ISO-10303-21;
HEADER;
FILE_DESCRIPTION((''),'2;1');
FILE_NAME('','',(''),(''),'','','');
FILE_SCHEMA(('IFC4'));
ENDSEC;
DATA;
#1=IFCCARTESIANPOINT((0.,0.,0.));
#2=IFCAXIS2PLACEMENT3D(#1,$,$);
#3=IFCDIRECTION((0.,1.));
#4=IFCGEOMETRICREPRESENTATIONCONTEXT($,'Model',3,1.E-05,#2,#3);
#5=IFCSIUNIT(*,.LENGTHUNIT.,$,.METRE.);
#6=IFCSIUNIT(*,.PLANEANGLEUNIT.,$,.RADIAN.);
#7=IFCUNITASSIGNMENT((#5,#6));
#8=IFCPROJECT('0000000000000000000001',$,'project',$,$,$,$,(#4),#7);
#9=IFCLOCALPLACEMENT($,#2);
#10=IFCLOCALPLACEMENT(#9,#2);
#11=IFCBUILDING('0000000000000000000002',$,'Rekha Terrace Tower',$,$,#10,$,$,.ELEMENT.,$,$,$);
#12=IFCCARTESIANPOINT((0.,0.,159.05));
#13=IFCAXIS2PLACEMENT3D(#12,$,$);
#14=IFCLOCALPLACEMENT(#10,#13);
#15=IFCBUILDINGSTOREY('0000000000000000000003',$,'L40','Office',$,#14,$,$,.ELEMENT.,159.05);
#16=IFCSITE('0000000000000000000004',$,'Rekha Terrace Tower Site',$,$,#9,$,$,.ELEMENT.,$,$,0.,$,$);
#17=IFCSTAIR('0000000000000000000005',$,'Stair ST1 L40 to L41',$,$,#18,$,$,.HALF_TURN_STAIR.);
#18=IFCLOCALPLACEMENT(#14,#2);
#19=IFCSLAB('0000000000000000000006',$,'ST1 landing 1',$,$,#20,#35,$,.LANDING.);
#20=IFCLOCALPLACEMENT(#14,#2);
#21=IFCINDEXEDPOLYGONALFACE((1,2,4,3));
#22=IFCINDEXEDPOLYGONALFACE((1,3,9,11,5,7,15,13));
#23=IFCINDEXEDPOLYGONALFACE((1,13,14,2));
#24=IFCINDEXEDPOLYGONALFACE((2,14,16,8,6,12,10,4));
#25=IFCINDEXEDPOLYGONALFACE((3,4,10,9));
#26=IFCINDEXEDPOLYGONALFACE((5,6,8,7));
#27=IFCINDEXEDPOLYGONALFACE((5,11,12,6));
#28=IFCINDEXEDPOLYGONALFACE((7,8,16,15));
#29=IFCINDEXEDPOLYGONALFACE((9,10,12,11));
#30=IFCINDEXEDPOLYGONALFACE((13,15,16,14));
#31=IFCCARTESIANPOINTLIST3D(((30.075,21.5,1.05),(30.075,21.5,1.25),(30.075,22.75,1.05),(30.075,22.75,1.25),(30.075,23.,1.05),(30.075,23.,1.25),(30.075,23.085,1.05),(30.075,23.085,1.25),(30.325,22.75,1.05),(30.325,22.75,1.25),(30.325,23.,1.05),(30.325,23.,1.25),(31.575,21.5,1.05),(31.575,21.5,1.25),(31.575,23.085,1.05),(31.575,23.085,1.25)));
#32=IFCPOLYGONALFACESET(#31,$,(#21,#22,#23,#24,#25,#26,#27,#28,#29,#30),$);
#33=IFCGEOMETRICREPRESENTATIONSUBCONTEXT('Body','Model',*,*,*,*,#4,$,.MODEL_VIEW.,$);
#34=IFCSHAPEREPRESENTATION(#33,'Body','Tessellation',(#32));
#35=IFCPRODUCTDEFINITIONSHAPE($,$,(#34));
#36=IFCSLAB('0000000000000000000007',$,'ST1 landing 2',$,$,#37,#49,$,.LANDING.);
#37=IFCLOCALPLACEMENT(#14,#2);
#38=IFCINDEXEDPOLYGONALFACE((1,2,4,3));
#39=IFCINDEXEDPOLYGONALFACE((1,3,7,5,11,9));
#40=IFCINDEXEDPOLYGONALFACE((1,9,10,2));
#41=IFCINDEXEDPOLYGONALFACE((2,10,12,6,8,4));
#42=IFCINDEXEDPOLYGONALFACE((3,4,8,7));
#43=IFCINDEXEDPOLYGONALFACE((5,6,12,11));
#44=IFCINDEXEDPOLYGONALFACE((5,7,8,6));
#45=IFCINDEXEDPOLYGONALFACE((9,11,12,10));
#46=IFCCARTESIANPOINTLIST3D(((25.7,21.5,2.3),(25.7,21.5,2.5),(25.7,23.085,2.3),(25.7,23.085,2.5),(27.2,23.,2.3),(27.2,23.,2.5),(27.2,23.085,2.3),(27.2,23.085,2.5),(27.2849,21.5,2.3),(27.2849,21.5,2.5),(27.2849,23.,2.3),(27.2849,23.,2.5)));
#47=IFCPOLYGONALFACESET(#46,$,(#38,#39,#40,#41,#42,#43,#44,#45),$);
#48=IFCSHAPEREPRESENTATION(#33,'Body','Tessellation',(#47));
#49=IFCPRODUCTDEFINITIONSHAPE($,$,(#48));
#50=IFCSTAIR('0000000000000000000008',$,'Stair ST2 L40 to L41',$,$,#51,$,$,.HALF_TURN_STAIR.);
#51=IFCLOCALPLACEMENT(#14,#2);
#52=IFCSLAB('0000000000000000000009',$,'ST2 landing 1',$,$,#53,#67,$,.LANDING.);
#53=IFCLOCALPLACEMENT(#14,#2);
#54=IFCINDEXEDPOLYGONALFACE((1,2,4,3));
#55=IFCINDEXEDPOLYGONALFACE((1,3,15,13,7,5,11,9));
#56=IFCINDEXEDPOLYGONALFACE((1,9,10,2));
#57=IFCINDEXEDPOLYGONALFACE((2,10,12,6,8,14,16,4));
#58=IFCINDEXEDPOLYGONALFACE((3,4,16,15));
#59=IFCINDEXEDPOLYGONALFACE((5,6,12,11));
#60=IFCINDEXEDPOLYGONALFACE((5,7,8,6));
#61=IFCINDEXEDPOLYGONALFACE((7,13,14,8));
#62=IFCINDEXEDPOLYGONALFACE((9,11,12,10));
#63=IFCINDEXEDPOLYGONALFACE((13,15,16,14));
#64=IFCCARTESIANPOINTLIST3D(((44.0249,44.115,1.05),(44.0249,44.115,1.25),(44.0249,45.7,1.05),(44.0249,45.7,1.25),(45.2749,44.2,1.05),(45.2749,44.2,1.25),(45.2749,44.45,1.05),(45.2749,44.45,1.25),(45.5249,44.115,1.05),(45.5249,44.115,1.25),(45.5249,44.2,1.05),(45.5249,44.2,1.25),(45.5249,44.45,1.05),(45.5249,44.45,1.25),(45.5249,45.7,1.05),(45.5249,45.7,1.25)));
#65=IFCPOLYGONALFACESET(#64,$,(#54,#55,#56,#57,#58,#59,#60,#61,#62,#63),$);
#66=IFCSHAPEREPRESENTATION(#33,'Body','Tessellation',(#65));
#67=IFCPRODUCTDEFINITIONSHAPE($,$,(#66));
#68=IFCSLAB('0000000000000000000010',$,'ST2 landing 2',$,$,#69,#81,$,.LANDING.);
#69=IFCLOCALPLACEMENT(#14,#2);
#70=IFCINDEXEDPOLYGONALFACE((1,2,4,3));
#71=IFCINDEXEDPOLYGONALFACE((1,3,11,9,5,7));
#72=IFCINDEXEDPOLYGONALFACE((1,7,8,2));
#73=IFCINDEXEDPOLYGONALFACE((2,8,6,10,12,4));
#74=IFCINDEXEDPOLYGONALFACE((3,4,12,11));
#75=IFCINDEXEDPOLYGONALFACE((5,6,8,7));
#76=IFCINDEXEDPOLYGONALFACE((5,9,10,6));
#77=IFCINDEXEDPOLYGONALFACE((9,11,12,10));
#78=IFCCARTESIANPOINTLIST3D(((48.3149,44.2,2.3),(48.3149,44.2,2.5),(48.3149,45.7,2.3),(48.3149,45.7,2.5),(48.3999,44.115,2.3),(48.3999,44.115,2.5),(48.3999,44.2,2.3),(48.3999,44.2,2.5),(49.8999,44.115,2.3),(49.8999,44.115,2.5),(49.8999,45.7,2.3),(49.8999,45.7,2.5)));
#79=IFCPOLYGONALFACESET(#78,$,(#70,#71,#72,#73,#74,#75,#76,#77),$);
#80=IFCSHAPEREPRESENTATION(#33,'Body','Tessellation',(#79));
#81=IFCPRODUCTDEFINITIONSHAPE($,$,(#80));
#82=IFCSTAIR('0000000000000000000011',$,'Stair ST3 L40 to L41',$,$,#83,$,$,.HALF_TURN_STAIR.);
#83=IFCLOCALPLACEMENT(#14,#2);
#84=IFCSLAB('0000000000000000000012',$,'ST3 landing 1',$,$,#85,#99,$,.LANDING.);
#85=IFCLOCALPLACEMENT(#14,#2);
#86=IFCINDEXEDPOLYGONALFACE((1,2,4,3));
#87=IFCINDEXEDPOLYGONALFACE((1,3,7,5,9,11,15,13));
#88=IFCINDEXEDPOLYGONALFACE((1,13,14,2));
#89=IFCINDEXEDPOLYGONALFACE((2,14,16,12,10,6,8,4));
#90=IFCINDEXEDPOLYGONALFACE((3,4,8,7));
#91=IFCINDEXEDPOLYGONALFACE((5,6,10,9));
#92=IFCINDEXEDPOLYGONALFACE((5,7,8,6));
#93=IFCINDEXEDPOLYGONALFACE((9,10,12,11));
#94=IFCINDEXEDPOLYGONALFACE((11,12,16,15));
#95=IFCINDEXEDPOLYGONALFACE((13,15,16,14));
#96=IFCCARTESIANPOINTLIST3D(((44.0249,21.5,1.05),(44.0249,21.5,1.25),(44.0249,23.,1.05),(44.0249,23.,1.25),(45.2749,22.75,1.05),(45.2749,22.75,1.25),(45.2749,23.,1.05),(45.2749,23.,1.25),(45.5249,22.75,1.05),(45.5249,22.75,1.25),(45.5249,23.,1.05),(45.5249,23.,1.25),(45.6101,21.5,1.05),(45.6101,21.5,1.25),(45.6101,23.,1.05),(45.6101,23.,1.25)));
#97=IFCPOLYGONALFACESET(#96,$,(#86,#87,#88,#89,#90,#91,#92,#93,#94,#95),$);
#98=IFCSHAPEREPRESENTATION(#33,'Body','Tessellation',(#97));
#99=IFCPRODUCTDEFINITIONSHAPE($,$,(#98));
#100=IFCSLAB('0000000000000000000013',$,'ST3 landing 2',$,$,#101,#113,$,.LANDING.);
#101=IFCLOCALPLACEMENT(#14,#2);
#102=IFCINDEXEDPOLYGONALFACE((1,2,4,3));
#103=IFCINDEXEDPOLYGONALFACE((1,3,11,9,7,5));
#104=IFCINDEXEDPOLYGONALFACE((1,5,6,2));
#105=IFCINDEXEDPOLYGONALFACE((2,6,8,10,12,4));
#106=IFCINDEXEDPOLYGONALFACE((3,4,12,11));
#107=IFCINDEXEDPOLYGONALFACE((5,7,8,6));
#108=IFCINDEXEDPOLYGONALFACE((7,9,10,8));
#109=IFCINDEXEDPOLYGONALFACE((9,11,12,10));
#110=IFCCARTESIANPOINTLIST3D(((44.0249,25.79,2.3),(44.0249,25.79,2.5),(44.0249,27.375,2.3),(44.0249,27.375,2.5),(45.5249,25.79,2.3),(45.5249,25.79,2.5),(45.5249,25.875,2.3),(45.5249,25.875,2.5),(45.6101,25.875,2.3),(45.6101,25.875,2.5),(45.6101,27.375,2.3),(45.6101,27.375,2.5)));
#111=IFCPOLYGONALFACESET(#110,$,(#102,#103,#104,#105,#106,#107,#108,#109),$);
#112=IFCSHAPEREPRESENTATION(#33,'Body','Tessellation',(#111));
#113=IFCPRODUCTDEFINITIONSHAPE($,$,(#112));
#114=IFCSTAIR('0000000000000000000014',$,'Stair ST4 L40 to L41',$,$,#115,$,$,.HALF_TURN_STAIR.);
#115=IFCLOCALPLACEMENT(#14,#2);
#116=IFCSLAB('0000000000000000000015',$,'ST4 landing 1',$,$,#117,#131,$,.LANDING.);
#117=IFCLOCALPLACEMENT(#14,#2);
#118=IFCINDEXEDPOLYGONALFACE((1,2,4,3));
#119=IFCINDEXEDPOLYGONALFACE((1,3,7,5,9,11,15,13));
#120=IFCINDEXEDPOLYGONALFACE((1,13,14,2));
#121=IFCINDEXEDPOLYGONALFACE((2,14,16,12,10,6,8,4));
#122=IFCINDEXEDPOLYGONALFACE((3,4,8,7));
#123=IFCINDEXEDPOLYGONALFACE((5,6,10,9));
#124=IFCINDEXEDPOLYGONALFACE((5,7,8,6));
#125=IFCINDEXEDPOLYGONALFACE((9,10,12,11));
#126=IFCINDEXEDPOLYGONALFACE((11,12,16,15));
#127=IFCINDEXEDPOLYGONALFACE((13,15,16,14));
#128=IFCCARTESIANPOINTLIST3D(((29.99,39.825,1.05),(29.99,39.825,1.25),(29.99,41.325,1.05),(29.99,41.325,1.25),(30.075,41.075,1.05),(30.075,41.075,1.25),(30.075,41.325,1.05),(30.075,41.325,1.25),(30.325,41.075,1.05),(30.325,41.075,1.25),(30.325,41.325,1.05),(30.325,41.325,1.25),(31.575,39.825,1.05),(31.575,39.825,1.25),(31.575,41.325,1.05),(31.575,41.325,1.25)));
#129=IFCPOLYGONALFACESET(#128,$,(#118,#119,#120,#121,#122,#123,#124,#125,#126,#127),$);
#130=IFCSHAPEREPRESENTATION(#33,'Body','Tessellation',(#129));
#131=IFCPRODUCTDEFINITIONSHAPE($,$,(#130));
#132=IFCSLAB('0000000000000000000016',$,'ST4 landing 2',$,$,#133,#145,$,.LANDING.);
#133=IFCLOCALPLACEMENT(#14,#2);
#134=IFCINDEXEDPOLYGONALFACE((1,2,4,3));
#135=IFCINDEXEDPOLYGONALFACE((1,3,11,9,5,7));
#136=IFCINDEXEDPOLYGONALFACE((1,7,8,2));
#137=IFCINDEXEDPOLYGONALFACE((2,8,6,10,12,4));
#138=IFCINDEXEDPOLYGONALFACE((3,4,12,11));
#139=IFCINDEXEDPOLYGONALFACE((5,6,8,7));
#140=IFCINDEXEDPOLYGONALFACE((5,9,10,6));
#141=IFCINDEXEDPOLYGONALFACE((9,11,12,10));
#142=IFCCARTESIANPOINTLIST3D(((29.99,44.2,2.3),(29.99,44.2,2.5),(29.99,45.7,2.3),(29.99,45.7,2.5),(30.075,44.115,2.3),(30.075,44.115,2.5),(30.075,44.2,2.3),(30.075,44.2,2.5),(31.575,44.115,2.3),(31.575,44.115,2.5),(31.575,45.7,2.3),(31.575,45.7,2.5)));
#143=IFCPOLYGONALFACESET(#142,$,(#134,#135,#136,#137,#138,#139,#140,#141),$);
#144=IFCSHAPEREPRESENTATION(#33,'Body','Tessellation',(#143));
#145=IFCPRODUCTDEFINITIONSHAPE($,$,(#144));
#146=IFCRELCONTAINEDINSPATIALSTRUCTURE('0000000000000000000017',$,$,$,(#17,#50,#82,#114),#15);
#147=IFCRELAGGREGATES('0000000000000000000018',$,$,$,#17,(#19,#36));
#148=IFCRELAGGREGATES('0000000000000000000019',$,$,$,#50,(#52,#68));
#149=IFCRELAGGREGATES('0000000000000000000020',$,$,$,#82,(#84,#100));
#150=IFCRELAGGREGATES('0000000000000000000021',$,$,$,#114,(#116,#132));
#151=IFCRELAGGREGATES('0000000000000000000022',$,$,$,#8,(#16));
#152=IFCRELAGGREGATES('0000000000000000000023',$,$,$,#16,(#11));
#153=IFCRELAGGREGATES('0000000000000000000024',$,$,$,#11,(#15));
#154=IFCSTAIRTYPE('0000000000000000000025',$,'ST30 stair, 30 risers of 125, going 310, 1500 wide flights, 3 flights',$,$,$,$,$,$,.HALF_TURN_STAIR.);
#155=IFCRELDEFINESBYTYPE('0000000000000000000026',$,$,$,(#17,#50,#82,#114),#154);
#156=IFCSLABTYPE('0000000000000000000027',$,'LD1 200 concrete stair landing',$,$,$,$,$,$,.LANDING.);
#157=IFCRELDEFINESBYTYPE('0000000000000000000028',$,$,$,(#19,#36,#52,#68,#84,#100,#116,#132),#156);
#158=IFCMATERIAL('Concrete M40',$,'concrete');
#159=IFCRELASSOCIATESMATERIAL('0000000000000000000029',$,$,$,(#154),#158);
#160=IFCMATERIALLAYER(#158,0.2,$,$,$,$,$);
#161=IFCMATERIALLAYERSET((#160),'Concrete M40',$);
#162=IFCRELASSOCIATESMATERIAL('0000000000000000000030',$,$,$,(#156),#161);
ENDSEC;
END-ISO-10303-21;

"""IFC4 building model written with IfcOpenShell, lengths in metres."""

from ifc_helpers import new_model, si_unit, direction, frame, origin, place, context, subcontext, project, spatial, polyline, outline, extrude, material, layer, layer_set, type_object, element, aggregate, save


model = new_model("IFC4")

# Units and contexts
model_context = context("Model", 3, precision=1e-05, world=origin(), true_north=direction((0.0, 1.0)))
body_context = subcontext(model_context, "Body", "Model", "MODEL_VIEW")
ifc_project = project(units=[si_unit("LENGTHUNIT", "METRE"), si_unit("PLANEANGLEUNIT", "RADIAN")], contexts=[model_context])

# Site, building, storey
site_placement = place(None, origin())
site = spatial("IfcSite", under=ifc_project, at=site_placement, Name="Rekha Terrace Tower Site", CompositionType="ELEMENT", RefElevation=0.0)
building_placement = place(site_placement, origin())
building = spatial("IfcBuilding", under=site, at=building_placement, Name="Rekha Terrace Tower", CompositionType="ELEMENT")
storey_placement = place(building_placement, frame((0.0, 0.0, 159.05)))
storey = spatial("IfcBuildingStorey", under=building, at=storey_placement, Name="L40", Description="Office", CompositionType="ELEMENT", Elevation=159.05)

# Stairs, slabs
ifc_material_1 = material(Name="Concrete M40", Category="concrete")
stair_type = type_object("IfcStairType", Name="ST30 stair, 30 risers of 125, going 310, 1500 wide flights, 3 flights", PredefinedType="HALF_TURN_STAIR", material=ifc_material_1)
stair_1_placement = place(storey_placement, origin())
stair_1 = element("IfcStair", 1, at=stair_1_placement, inside=storey, type_object=stair_type, Name="Stair ST1 L40 to L41", PredefinedType="HALF_TURN_STAIR")
ifc_layer_1 = layer(ifc_material_1, 0.2)
ifc_layer_set_1 = layer_set([ifc_layer_1], Name="Concrete M40")
slab_type_1 = type_object("IfcSlabType", Name="LD1 200 concrete stair landing", PredefinedType="LANDING", material=ifc_layer_set_1)
slab_1_placement = place(storey_placement, frame((0.0, 0.0, 1.05)))
slab_1 = element("IfcSlab", 2, at=slab_1_placement, type_object=slab_type_1, Name="ST1 landing 1", PredefinedType="LANDING", context=body_context, shape_type="SweptSolid", body=[
    extrude(outline(polyline([(30.075, 21.5), (31.575, 21.5), (31.575, 23.085), (30.075, 23.085), (30.075, 23.0), (30.325, 23.0), (30.325, 22.75), (30.075, 22.75), (30.075, 21.5)])), origin(), (0.0, 0.0, 1.0), 0.2),
])
slab_2_placement = place(storey_placement, frame((0.0, 0.0, 2.3)))
slab_2 = element("IfcSlab", 3, at=slab_2_placement, type_object=slab_type_1, Name="ST1 landing 2", PredefinedType="LANDING", context=body_context, shape_type="SweptSolid", body=[
    extrude(outline(polyline([(27.2, 23.085), (25.7, 23.085), (25.7, 21.5), (27.2849, 21.5), (27.2849, 23.0), (27.2, 23.0), (27.2, 23.085)])), origin(), (0.0, 0.0, 1.0), 0.2),
])
aggregate(stair_1, [slab_1, slab_2])
stair_2_placement = place(storey_placement, origin())
stair_2 = element("IfcStair", 4, at=stair_2_placement, inside=storey, type_object=stair_type, Name="Stair ST2 L40 to L41", PredefinedType="HALF_TURN_STAIR")
slab_3_placement = place(storey_placement, frame((0.0, 0.0, 1.05)))
slab_3 = element("IfcSlab", 5, at=slab_3_placement, type_object=slab_type_1, Name="ST2 landing 1", PredefinedType="LANDING", context=body_context, shape_type="SweptSolid", body=[
    extrude(outline(polyline([(45.5249, 45.7), (44.0249, 45.7), (44.0249, 44.115), (45.5249, 44.115), (45.5249, 44.2), (45.2749, 44.2), (45.2749, 44.45), (45.5249, 44.45), (45.5249, 45.7)])), origin(), (0.0, 0.0, 1.0), 0.2),
])
slab_4_placement = place(storey_placement, frame((0.0, 0.0, 2.3)))
slab_4 = element("IfcSlab", 6, at=slab_4_placement, type_object=slab_type_1, Name="ST2 landing 2", PredefinedType="LANDING", context=body_context, shape_type="SweptSolid", body=[
    extrude(outline(polyline([(48.3999, 44.115), (49.8999, 44.115), (49.8999, 45.7), (48.3149, 45.7), (48.3149, 44.2), (48.3999, 44.2), (48.3999, 44.115)])), origin(), (0.0, 0.0, 1.0), 0.2),
])
aggregate(stair_2, [slab_3, slab_4])
stair_3_placement = place(storey_placement, origin())
stair_3 = element("IfcStair", 7, at=stair_3_placement, inside=storey, type_object=stair_type, Name="Stair ST3 L40 to L41", PredefinedType="HALF_TURN_STAIR")
slab_5_placement = place(storey_placement, frame((0.0, 0.0, 1.05)))
slab_5 = element("IfcSlab", 8, at=slab_5_placement, type_object=slab_type_1, Name="ST3 landing 1", PredefinedType="LANDING", context=body_context, shape_type="SweptSolid", body=[
    extrude(outline(polyline([(44.0249, 23.0), (44.0249, 21.5), (45.6101, 21.5), (45.6101, 23.0), (45.5249, 23.0), (45.5249, 22.75), (45.2749, 22.75), (45.2749, 23.0), (44.0249, 23.0)])), origin(), (0.0, 0.0, 1.0), 0.2),
])
slab_6_placement = place(storey_placement, frame((0.0, 0.0, 2.3)))
slab_6 = element("IfcSlab", 9, at=slab_6_placement, type_object=slab_type_1, Name="ST3 landing 2", PredefinedType="LANDING", context=body_context, shape_type="SweptSolid", body=[
    extrude(outline(polyline([(45.6101, 25.875), (45.6101, 27.375), (44.0249, 27.375), (44.0249, 25.79), (45.5249, 25.79), (45.5249, 25.875), (45.6101, 25.875)])), origin(), (0.0, 0.0, 1.0), 0.2),
])
aggregate(stair_3, [slab_5, slab_6])
stair_4_placement = place(storey_placement, origin())
stair_4 = element("IfcStair", 10, at=stair_4_placement, inside=storey, type_object=stair_type, Name="Stair ST4 L40 to L41", PredefinedType="HALF_TURN_STAIR")
slab_7_placement = place(storey_placement, frame((0.0, 0.0, 1.05)))
slab_7 = element("IfcSlab", 11, at=slab_7_placement, type_object=slab_type_1, Name="ST4 landing 1", PredefinedType="LANDING", context=body_context, shape_type="SweptSolid", body=[
    extrude(outline(polyline([(31.575, 41.325), (31.575, 39.825), (29.99, 39.825), (29.99, 41.325), (30.075, 41.325), (30.075, 41.075), (30.325, 41.075), (30.325, 41.325), (31.575, 41.325)])), origin(), (0.0, 0.0, 1.0), 0.2),
])
slab_8_placement = place(storey_placement, frame((0.0, 0.0, 2.3)))
slab_8 = element("IfcSlab", 12, at=slab_8_placement, type_object=slab_type_1, Name="ST4 landing 2", PredefinedType="LANDING", context=body_context, shape_type="SweptSolid", body=[
    extrude(outline(polyline([(29.99, 44.2), (29.99, 45.7), (31.575, 45.7), (31.575, 44.115), (30.075, 44.115), (30.075, 44.2), (29.99, 44.2)])), origin(), (0.0, 0.0, 1.0), 0.2),
])
aggregate(stair_4, [slab_7, slab_8])

save(model, "model.ifc")
